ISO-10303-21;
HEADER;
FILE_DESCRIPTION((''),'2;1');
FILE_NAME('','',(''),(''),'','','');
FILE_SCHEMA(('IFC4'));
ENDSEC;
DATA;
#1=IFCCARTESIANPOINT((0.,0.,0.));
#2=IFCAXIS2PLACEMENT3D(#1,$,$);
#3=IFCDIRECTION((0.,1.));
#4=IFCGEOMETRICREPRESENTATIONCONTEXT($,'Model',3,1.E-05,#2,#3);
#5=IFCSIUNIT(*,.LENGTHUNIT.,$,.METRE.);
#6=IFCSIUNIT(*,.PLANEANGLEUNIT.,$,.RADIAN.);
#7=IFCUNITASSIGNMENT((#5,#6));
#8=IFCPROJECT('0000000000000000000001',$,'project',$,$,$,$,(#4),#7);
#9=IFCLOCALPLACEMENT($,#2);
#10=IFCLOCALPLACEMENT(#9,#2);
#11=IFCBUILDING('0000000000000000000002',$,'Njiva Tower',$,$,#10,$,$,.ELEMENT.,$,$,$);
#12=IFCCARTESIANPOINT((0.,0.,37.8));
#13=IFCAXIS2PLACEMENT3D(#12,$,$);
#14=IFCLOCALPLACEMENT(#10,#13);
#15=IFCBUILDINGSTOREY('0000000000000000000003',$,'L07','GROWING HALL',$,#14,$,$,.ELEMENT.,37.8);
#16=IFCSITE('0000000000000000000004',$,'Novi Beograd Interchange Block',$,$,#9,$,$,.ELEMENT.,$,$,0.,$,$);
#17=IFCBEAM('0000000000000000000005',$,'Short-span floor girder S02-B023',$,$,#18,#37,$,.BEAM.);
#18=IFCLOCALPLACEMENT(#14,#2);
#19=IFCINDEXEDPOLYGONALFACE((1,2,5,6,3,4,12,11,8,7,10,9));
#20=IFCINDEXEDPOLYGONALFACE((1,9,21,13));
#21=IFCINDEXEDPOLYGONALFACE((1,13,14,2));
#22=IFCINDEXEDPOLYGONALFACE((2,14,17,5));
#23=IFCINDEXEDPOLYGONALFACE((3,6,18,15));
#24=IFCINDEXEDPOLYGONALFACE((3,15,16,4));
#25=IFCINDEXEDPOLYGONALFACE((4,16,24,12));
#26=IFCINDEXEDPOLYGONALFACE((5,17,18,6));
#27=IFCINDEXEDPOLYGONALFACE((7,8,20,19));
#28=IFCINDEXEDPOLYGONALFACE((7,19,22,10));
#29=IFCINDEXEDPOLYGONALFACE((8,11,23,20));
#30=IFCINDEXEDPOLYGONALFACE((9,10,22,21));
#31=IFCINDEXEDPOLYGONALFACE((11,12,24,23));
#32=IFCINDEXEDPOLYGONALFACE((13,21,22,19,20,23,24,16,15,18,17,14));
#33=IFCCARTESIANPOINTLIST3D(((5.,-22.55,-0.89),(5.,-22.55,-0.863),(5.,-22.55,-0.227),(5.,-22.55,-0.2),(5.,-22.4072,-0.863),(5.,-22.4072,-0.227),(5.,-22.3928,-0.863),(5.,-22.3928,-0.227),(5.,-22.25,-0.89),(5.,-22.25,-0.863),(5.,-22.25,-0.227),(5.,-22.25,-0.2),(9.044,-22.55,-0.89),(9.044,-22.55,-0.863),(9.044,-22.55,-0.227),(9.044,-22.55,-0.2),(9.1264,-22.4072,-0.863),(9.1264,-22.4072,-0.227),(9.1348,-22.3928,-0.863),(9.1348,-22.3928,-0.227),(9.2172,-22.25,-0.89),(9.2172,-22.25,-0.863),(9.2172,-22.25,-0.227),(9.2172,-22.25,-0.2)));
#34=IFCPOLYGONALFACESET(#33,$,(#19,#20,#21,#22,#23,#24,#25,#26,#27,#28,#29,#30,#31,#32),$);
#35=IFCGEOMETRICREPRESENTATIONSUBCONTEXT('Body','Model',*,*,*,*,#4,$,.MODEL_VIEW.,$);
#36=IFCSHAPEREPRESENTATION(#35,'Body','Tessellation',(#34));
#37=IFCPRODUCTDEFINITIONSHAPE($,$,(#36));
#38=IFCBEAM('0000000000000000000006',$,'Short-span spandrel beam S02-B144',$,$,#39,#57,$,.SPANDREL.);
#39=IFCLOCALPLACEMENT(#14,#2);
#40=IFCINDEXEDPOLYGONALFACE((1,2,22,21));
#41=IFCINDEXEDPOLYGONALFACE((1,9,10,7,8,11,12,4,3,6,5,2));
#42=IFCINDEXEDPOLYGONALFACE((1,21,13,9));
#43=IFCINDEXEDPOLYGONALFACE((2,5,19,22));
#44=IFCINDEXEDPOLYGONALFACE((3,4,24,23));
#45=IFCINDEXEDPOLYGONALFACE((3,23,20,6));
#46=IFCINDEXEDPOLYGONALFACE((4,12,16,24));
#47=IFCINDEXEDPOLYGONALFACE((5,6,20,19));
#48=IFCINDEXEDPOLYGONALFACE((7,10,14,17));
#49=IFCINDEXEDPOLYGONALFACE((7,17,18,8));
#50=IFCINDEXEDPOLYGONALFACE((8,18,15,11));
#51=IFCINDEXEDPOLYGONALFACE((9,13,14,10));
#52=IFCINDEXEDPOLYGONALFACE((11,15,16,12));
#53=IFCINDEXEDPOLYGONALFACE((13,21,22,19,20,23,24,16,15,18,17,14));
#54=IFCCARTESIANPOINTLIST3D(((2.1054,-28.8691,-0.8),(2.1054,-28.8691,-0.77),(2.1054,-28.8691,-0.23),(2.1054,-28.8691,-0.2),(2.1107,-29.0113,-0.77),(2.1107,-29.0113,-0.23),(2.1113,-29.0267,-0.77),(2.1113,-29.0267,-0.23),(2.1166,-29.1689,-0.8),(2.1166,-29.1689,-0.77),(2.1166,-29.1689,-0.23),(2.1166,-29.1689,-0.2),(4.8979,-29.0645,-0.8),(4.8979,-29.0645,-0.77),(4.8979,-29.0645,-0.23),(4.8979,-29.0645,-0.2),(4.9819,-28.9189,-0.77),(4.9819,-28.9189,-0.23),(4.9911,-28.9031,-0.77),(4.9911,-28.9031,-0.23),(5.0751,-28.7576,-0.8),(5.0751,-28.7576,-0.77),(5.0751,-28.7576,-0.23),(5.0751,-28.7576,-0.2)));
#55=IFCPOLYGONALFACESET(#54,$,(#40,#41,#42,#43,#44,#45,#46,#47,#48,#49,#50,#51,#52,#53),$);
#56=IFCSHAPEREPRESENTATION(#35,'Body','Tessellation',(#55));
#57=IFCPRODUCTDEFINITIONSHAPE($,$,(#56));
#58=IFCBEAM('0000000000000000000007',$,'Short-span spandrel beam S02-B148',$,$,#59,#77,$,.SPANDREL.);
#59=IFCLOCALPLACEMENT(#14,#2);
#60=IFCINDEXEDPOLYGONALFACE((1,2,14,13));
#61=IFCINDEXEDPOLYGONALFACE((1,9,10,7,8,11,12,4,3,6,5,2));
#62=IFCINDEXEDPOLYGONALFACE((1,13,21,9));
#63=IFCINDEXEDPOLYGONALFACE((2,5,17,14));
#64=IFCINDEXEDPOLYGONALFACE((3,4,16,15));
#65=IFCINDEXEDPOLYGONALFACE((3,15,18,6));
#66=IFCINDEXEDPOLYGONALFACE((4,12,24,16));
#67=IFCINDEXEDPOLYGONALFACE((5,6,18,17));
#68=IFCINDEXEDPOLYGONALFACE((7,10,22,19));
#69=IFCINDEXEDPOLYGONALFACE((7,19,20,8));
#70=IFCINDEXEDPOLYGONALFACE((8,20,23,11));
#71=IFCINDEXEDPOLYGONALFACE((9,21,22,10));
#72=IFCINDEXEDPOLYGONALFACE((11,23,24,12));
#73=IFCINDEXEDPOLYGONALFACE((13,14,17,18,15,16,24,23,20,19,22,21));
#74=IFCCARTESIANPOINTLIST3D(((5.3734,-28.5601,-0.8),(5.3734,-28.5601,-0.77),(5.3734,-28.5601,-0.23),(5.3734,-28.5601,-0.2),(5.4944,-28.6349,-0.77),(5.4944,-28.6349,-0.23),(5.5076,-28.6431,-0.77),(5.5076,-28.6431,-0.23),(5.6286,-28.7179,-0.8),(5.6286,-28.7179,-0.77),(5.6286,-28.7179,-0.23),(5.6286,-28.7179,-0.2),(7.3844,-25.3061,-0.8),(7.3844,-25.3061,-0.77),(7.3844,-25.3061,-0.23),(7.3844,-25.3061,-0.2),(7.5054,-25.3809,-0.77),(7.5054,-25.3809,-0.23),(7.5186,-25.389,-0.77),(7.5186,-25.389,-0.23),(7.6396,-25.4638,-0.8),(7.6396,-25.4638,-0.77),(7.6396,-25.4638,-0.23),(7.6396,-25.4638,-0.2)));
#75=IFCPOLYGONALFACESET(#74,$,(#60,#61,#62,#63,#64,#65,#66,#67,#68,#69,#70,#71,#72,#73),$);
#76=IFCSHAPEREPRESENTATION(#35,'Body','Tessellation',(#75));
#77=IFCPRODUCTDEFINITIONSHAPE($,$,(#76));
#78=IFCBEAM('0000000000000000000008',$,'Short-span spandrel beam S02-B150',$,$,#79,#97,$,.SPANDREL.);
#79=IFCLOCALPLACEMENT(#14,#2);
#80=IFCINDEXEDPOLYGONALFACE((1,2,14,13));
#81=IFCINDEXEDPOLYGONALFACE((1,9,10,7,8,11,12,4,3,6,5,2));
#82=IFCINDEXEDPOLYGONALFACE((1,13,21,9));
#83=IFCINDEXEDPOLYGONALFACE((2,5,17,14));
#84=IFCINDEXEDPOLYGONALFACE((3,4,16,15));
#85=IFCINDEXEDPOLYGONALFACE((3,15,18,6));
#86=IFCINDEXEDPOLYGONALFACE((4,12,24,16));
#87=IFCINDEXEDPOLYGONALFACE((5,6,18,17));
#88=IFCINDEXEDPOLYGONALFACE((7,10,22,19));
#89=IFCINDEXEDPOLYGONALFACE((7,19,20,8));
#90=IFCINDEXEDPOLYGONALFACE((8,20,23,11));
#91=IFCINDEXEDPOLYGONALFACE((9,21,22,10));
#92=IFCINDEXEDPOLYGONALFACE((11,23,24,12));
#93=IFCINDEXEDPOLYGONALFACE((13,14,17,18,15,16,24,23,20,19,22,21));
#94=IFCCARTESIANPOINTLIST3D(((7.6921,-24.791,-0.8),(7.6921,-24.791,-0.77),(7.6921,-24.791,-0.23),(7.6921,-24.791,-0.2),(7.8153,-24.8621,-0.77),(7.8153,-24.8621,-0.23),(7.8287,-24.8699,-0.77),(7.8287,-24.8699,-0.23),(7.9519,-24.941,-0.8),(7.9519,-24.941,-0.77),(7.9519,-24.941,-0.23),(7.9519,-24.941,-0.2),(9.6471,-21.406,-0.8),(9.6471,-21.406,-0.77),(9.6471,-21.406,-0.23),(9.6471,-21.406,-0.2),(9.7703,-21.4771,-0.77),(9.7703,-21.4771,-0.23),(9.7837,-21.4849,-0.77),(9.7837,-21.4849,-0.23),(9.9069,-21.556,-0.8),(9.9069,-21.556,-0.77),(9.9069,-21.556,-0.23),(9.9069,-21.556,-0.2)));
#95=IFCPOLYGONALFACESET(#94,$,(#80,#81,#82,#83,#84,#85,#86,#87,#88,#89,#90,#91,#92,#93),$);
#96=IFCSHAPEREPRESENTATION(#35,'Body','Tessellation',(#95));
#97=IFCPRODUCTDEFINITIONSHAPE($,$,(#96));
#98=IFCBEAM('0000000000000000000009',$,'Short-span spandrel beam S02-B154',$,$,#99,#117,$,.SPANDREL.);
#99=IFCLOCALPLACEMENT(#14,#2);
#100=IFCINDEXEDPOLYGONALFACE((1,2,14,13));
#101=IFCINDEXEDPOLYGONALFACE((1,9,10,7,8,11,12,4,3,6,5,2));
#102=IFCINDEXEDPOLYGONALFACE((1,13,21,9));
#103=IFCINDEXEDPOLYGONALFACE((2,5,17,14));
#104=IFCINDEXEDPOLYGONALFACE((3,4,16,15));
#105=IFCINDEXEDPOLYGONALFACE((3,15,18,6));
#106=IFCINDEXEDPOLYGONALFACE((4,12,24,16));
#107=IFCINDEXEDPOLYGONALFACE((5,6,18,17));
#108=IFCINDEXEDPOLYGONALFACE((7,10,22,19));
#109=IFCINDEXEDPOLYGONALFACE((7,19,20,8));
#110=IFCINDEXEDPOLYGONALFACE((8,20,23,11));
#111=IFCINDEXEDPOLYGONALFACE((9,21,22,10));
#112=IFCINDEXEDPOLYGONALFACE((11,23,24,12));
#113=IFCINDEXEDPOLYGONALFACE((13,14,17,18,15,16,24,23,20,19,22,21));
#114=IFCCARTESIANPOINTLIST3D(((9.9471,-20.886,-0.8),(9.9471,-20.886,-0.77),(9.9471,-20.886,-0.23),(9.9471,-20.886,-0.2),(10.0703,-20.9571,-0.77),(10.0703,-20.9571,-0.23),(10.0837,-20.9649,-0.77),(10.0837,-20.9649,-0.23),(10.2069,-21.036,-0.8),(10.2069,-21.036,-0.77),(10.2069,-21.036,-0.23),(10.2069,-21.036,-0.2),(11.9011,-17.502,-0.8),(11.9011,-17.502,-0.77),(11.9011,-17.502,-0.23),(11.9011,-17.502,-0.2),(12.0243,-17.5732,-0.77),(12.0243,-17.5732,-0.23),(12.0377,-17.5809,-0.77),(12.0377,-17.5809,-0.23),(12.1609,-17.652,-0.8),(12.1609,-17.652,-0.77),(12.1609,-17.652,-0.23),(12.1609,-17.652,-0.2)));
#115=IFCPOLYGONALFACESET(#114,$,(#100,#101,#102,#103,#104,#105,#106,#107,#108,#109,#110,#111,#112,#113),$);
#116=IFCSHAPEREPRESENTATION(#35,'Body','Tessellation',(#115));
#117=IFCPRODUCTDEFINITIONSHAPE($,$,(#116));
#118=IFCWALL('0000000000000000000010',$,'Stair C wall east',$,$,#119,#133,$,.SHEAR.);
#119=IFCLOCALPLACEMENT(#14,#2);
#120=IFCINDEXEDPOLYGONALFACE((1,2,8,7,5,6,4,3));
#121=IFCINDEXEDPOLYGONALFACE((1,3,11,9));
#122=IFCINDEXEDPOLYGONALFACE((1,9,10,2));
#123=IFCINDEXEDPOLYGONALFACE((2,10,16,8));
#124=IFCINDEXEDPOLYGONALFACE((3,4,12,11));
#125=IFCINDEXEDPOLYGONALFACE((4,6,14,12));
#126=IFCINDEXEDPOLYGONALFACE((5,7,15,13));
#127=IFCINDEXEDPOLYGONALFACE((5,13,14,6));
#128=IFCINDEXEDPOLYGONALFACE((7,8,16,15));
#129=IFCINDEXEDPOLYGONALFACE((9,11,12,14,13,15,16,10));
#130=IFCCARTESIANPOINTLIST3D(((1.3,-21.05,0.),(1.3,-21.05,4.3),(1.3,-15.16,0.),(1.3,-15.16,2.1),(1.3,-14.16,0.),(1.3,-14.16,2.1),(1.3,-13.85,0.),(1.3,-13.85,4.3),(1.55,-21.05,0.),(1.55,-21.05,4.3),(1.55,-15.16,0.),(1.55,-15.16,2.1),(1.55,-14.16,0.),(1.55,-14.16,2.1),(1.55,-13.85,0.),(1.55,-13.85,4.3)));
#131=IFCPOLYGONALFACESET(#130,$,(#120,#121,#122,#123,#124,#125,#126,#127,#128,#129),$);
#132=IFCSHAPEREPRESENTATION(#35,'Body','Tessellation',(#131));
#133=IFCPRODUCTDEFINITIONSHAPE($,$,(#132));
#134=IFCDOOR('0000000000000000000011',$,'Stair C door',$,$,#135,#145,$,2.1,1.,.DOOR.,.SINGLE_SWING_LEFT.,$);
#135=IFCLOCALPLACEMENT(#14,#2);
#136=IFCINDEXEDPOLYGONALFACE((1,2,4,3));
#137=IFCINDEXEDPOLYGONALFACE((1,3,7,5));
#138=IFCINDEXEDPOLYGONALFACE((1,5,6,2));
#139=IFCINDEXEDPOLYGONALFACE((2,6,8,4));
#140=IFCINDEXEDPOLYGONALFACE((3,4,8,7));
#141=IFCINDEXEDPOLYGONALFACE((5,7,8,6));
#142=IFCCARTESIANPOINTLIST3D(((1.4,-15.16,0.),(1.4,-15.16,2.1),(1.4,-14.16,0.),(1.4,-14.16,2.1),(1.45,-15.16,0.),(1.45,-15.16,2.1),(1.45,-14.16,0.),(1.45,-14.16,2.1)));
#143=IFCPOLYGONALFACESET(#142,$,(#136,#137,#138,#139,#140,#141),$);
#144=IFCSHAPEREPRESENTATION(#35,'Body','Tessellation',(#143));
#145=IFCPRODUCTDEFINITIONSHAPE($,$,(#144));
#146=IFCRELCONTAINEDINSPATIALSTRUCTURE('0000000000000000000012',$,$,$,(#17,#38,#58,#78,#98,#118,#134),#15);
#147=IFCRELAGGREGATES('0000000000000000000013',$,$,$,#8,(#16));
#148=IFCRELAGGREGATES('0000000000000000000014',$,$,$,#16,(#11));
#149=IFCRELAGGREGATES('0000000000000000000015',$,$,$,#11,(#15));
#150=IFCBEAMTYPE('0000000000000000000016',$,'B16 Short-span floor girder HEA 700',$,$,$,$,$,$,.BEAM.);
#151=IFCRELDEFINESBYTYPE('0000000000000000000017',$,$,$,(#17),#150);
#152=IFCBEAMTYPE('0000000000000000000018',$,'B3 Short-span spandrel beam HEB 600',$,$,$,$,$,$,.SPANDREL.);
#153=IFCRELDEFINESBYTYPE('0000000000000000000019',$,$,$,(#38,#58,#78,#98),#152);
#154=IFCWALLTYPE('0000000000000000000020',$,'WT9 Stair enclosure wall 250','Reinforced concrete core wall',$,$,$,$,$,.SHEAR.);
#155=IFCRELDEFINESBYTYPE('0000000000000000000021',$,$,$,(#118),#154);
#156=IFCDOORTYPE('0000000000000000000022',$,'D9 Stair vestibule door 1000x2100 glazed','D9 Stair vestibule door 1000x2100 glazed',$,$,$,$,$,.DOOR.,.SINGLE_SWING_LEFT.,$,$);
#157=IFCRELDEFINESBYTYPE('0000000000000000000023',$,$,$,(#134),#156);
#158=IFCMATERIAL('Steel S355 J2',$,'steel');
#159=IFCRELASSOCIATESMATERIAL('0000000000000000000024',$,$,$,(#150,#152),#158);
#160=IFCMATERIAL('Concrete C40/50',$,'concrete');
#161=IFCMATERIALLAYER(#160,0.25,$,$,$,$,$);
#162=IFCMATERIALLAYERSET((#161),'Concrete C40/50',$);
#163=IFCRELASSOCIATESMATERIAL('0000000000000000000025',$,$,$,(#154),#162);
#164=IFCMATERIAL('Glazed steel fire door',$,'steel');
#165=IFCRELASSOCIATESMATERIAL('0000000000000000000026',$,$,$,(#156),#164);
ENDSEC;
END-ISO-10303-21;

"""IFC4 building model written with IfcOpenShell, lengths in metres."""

from ifc_helpers import new_model, si_unit, direction, frame, frame_2d, origin, origin_2d, place, context, subcontext, project, spatial, rectangle, i_section, extrude, clip, halfspace, material, layer, layer_set, material_profile, profile_set, type_object, element, fill, save


model = new_model("IFC4")

# Units and contexts
model_context = context("Model", 3, precision=1e-05, world=origin(), true_north=direction((0.0, 1.0)))
body_context = subcontext(model_context, "Body", "Model", "MODEL_VIEW")
ifc_project = project(units=[si_unit("LENGTHUNIT", "METRE"), si_unit("PLANEANGLEUNIT", "RADIAN")], contexts=[model_context])

# Site, building, storey
site_placement = place(None, origin())
site = spatial("IfcSite", under=ifc_project, at=site_placement, Name="Novi Beograd Interchange Block", CompositionType="ELEMENT", RefElevation=0.0)
building_placement = place(site_placement, origin())
building = spatial("IfcBuilding", under=site, at=building_placement, Name="Njiva Tower", CompositionType="ELEMENT")
storey_placement = place(building_placement, frame((0.0, 0.0, 37.8)))
storey = spatial("IfcBuildingStorey", under=building, at=storey_placement, Name="L07", Description="GROWING HALL", CompositionType="ELEMENT", Elevation=37.8)

# Shared definitions
ifc_material_1 = material(Name="Steel S355 J2", Category="steel")

# Beams
ifc_material_profile_1 = material_profile(ifc_material_1, i_section(OverallWidth=0.3, OverallDepth=0.69, WebThickness=0.0145, FlangeThickness=0.027, at=origin_2d()), Name="HEA 700")
ifc_profile_set_1 = profile_set([ifc_material_profile_1], Name="Steel S355 J2")
beam_type_1 = type_object("IfcBeamType", Name="B16 Short-span floor girder HEA 700", PredefinedType="BEAM", material=ifc_profile_set_1)
beam_1_placement = place(storey_placement, frame((5.0, -22.4, -0.545), z_axis=(1.0, 0.0, 0.0), x_axis=(0.0, 1.0, 0.0)))
element("IfcBeam", 1, at=beam_1_placement, inside=storey, type_object=beam_type_1, Name="Short-span floor girder S02-B023", PredefinedType="BEAM", context=body_context, shape_type="Clipping", body=[
    clip(extrude(i_section(OverallWidth=0.3, OverallDepth=0.69, WebThickness=0.0145, FlangeThickness=0.027, at=origin_2d()), origin(), (0.0, 0.0, 1.0), 4.238), halfspace(frame((-0.025, 0.0, 4.1162), z_axis=(-0.499998, 0.0, 0.866027), x_axis=(0.0, 1.0, 0.0)), False)),
])
ifc_material_profile_2 = material_profile(ifc_material_1, i_section(OverallWidth=0.3, OverallDepth=0.6, WebThickness=0.0155, FlangeThickness=0.03, at=origin_2d()), Name="HEB 600")
ifc_profile_set_2 = profile_set([ifc_material_profile_2], Name="Steel S355 J2")
beam_type_2 = type_object("IfcBeamType", Name="B3 Short-span spandrel beam HEB 600", PredefinedType="SPANDREL", material=ifc_profile_set_2)
beam_2_placement = place(storey_placement, frame((2.111, -29.019, -0.5), z_axis=(0.999296, 0.037526, 0.0), x_axis=(-0.037526, 0.999296, 0.0)))
element("IfcBeam", 2, at=beam_2_placement, inside=storey, type_object=beam_type_2, Name="Short-span spandrel beam S02-B144", PredefinedType="SPANDREL", context=body_context, shape_type="Clipping", body=[
    clip(extrude(i_section(OverallWidth=0.3, OverallDepth=0.6, WebThickness=0.0155, FlangeThickness=0.03, at=origin_2d()), origin(), (0.0, 0.0, 1.0), 2.992), halfspace(frame((-0.0261, 0.0, 2.8611), z_axis=(-0.532144, 0.0, 0.846654), x_axis=(0.0, 1.0, 0.0)), False)),
])
beam_3_placement = place(storey_placement, frame((5.501, -28.639, -0.5), z_axis=(0.525715, 0.85066, 0.0), x_axis=(-0.85066, 0.525715, 0.0)))
element("IfcBeam", 3, at=beam_3_placement, inside=storey, type_object=beam_type_2, Name="Short-span spandrel beam S02-B148", PredefinedType="SPANDREL", context=body_context, shape_type="SweptSolid", body=[
    extrude(i_section(OverallWidth=0.3, OverallDepth=0.6, WebThickness=0.0155, FlangeThickness=0.03, at=origin_2d()), origin(), (0.0, 0.0, 1.0), 3.8253),
])
beam_4_placement = place(storey_placement, frame((7.822, -24.866, -0.5), z_axis=(0.500128, 0.865951, 0.0), x_axis=(-0.865951, 0.500128, 0.0)))
element("IfcBeam", 4, at=beam_4_placement, inside=storey, type_object=beam_type_2, Name="Short-span spandrel beam S02-B150", PredefinedType="SPANDREL", context=body_context, shape_type="SweptSolid", body=[
    extrude(i_section(OverallWidth=0.3, OverallDepth=0.6, WebThickness=0.0155, FlangeThickness=0.03, at=origin_2d()), origin(), (0.0, 0.0, 1.0), 3.909),
])
beam_5_placement = place(storey_placement, frame((10.077, -20.961, -0.5), z_axis=(0.500047, 0.865998, 0.0), x_axis=(-0.865998, 0.500047, 0.0)))
element("IfcBeam", 5, at=beam_5_placement, inside=storey, type_object=beam_type_2, Name="Short-span spandrel beam S02-B154", PredefinedType="SPANDREL", context=body_context, shape_type="SweptSolid", body=[
    extrude(i_section(OverallWidth=0.3, OverallDepth=0.6, WebThickness=0.0155, FlangeThickness=0.03, at=origin_2d()), origin(), (0.0, 0.0, 1.0), 3.9076),
])

# Wall, opening, door
ifc_material_2 = material(Name="Concrete C40/50", Category="concrete")
ifc_layer_1 = layer(ifc_material_2, 0.25)
ifc_layer_set_1 = layer_set([ifc_layer_1], Name="Concrete C40/50")
wall_type_1 = type_object("IfcWallType", Name="WT9 Stair enclosure wall 250", Description="Reinforced concrete core wall", PredefinedType="SHEAR", material=ifc_layer_set_1)
wall_1_placement = place(storey_placement, frame((1.425, -21.05, 0.0), z_axis=(0.0, 0.0, 1.0), x_axis=(0.0, 1.0, 0.0)))
wall_1 = element("IfcWall", 6, at=wall_1_placement, inside=storey, type_object=wall_type_1, Name="Stair C wall east", PredefinedType="SHEAR", context=body_context, shape_type="SweptSolid", body=[
    extrude(rectangle(XDim=7.2, YDim=0.25, at=frame_2d((3.6, 0.0))), origin(), (0.0, 0.0, 1.0), 4.3),
])
opening_1_placement = place(wall_1_placement, frame((5.89, 0.0, 0.0)))
opening_1 = element("IfcOpeningElement", 7, at=opening_1_placement, cuts=wall_1, PredefinedType="OPENING", context=body_context, shape_type="SweptSolid", body=[
    extrude(rectangle(XDim=1.0, YDim=2.1, at=frame_2d((0.5, 1.05))), frame((0.0, 0.135, 0.0), z_axis=(0.0, -1.0, 0.0), x_axis=(1.0, 0.0, 0.0)), (0.0, 0.0, 1.0), 0.27),
])
ifc_material_3 = material(Name="Glazed steel fire door", Category="steel")
door_type = type_object("IfcDoorType", Name="D9 Stair vestibule door 1000x2100 glazed", Description="D9 Stair vestibule door 1000x2100 glazed", OperationType="SINGLE_SWING_LEFT", PredefinedType="DOOR", material=ifc_material_3)
door_placement = place(opening_1_placement, origin())
door = element("IfcDoor", 8, at=door_placement, inside=storey, type_object=door_type, Name="Stair C door", OperationType="SINGLE_SWING_LEFT", OverallHeight=2.1, OverallWidth=1.0, PredefinedType="DOOR", context=body_context, shape_type="SweptSolid", body=[
    extrude(rectangle(XDim=1.0, YDim=2.1, at=frame_2d((0.5, 1.05))), frame((0.0, 0.025, 0.0), z_axis=(0.0, -1.0, 0.0), x_axis=(1.0, 0.0, 0.0)), (0.0, 0.0, 1.0), 0.05),
])
fill(opening_1, door)

save(model, "model.ifc")
